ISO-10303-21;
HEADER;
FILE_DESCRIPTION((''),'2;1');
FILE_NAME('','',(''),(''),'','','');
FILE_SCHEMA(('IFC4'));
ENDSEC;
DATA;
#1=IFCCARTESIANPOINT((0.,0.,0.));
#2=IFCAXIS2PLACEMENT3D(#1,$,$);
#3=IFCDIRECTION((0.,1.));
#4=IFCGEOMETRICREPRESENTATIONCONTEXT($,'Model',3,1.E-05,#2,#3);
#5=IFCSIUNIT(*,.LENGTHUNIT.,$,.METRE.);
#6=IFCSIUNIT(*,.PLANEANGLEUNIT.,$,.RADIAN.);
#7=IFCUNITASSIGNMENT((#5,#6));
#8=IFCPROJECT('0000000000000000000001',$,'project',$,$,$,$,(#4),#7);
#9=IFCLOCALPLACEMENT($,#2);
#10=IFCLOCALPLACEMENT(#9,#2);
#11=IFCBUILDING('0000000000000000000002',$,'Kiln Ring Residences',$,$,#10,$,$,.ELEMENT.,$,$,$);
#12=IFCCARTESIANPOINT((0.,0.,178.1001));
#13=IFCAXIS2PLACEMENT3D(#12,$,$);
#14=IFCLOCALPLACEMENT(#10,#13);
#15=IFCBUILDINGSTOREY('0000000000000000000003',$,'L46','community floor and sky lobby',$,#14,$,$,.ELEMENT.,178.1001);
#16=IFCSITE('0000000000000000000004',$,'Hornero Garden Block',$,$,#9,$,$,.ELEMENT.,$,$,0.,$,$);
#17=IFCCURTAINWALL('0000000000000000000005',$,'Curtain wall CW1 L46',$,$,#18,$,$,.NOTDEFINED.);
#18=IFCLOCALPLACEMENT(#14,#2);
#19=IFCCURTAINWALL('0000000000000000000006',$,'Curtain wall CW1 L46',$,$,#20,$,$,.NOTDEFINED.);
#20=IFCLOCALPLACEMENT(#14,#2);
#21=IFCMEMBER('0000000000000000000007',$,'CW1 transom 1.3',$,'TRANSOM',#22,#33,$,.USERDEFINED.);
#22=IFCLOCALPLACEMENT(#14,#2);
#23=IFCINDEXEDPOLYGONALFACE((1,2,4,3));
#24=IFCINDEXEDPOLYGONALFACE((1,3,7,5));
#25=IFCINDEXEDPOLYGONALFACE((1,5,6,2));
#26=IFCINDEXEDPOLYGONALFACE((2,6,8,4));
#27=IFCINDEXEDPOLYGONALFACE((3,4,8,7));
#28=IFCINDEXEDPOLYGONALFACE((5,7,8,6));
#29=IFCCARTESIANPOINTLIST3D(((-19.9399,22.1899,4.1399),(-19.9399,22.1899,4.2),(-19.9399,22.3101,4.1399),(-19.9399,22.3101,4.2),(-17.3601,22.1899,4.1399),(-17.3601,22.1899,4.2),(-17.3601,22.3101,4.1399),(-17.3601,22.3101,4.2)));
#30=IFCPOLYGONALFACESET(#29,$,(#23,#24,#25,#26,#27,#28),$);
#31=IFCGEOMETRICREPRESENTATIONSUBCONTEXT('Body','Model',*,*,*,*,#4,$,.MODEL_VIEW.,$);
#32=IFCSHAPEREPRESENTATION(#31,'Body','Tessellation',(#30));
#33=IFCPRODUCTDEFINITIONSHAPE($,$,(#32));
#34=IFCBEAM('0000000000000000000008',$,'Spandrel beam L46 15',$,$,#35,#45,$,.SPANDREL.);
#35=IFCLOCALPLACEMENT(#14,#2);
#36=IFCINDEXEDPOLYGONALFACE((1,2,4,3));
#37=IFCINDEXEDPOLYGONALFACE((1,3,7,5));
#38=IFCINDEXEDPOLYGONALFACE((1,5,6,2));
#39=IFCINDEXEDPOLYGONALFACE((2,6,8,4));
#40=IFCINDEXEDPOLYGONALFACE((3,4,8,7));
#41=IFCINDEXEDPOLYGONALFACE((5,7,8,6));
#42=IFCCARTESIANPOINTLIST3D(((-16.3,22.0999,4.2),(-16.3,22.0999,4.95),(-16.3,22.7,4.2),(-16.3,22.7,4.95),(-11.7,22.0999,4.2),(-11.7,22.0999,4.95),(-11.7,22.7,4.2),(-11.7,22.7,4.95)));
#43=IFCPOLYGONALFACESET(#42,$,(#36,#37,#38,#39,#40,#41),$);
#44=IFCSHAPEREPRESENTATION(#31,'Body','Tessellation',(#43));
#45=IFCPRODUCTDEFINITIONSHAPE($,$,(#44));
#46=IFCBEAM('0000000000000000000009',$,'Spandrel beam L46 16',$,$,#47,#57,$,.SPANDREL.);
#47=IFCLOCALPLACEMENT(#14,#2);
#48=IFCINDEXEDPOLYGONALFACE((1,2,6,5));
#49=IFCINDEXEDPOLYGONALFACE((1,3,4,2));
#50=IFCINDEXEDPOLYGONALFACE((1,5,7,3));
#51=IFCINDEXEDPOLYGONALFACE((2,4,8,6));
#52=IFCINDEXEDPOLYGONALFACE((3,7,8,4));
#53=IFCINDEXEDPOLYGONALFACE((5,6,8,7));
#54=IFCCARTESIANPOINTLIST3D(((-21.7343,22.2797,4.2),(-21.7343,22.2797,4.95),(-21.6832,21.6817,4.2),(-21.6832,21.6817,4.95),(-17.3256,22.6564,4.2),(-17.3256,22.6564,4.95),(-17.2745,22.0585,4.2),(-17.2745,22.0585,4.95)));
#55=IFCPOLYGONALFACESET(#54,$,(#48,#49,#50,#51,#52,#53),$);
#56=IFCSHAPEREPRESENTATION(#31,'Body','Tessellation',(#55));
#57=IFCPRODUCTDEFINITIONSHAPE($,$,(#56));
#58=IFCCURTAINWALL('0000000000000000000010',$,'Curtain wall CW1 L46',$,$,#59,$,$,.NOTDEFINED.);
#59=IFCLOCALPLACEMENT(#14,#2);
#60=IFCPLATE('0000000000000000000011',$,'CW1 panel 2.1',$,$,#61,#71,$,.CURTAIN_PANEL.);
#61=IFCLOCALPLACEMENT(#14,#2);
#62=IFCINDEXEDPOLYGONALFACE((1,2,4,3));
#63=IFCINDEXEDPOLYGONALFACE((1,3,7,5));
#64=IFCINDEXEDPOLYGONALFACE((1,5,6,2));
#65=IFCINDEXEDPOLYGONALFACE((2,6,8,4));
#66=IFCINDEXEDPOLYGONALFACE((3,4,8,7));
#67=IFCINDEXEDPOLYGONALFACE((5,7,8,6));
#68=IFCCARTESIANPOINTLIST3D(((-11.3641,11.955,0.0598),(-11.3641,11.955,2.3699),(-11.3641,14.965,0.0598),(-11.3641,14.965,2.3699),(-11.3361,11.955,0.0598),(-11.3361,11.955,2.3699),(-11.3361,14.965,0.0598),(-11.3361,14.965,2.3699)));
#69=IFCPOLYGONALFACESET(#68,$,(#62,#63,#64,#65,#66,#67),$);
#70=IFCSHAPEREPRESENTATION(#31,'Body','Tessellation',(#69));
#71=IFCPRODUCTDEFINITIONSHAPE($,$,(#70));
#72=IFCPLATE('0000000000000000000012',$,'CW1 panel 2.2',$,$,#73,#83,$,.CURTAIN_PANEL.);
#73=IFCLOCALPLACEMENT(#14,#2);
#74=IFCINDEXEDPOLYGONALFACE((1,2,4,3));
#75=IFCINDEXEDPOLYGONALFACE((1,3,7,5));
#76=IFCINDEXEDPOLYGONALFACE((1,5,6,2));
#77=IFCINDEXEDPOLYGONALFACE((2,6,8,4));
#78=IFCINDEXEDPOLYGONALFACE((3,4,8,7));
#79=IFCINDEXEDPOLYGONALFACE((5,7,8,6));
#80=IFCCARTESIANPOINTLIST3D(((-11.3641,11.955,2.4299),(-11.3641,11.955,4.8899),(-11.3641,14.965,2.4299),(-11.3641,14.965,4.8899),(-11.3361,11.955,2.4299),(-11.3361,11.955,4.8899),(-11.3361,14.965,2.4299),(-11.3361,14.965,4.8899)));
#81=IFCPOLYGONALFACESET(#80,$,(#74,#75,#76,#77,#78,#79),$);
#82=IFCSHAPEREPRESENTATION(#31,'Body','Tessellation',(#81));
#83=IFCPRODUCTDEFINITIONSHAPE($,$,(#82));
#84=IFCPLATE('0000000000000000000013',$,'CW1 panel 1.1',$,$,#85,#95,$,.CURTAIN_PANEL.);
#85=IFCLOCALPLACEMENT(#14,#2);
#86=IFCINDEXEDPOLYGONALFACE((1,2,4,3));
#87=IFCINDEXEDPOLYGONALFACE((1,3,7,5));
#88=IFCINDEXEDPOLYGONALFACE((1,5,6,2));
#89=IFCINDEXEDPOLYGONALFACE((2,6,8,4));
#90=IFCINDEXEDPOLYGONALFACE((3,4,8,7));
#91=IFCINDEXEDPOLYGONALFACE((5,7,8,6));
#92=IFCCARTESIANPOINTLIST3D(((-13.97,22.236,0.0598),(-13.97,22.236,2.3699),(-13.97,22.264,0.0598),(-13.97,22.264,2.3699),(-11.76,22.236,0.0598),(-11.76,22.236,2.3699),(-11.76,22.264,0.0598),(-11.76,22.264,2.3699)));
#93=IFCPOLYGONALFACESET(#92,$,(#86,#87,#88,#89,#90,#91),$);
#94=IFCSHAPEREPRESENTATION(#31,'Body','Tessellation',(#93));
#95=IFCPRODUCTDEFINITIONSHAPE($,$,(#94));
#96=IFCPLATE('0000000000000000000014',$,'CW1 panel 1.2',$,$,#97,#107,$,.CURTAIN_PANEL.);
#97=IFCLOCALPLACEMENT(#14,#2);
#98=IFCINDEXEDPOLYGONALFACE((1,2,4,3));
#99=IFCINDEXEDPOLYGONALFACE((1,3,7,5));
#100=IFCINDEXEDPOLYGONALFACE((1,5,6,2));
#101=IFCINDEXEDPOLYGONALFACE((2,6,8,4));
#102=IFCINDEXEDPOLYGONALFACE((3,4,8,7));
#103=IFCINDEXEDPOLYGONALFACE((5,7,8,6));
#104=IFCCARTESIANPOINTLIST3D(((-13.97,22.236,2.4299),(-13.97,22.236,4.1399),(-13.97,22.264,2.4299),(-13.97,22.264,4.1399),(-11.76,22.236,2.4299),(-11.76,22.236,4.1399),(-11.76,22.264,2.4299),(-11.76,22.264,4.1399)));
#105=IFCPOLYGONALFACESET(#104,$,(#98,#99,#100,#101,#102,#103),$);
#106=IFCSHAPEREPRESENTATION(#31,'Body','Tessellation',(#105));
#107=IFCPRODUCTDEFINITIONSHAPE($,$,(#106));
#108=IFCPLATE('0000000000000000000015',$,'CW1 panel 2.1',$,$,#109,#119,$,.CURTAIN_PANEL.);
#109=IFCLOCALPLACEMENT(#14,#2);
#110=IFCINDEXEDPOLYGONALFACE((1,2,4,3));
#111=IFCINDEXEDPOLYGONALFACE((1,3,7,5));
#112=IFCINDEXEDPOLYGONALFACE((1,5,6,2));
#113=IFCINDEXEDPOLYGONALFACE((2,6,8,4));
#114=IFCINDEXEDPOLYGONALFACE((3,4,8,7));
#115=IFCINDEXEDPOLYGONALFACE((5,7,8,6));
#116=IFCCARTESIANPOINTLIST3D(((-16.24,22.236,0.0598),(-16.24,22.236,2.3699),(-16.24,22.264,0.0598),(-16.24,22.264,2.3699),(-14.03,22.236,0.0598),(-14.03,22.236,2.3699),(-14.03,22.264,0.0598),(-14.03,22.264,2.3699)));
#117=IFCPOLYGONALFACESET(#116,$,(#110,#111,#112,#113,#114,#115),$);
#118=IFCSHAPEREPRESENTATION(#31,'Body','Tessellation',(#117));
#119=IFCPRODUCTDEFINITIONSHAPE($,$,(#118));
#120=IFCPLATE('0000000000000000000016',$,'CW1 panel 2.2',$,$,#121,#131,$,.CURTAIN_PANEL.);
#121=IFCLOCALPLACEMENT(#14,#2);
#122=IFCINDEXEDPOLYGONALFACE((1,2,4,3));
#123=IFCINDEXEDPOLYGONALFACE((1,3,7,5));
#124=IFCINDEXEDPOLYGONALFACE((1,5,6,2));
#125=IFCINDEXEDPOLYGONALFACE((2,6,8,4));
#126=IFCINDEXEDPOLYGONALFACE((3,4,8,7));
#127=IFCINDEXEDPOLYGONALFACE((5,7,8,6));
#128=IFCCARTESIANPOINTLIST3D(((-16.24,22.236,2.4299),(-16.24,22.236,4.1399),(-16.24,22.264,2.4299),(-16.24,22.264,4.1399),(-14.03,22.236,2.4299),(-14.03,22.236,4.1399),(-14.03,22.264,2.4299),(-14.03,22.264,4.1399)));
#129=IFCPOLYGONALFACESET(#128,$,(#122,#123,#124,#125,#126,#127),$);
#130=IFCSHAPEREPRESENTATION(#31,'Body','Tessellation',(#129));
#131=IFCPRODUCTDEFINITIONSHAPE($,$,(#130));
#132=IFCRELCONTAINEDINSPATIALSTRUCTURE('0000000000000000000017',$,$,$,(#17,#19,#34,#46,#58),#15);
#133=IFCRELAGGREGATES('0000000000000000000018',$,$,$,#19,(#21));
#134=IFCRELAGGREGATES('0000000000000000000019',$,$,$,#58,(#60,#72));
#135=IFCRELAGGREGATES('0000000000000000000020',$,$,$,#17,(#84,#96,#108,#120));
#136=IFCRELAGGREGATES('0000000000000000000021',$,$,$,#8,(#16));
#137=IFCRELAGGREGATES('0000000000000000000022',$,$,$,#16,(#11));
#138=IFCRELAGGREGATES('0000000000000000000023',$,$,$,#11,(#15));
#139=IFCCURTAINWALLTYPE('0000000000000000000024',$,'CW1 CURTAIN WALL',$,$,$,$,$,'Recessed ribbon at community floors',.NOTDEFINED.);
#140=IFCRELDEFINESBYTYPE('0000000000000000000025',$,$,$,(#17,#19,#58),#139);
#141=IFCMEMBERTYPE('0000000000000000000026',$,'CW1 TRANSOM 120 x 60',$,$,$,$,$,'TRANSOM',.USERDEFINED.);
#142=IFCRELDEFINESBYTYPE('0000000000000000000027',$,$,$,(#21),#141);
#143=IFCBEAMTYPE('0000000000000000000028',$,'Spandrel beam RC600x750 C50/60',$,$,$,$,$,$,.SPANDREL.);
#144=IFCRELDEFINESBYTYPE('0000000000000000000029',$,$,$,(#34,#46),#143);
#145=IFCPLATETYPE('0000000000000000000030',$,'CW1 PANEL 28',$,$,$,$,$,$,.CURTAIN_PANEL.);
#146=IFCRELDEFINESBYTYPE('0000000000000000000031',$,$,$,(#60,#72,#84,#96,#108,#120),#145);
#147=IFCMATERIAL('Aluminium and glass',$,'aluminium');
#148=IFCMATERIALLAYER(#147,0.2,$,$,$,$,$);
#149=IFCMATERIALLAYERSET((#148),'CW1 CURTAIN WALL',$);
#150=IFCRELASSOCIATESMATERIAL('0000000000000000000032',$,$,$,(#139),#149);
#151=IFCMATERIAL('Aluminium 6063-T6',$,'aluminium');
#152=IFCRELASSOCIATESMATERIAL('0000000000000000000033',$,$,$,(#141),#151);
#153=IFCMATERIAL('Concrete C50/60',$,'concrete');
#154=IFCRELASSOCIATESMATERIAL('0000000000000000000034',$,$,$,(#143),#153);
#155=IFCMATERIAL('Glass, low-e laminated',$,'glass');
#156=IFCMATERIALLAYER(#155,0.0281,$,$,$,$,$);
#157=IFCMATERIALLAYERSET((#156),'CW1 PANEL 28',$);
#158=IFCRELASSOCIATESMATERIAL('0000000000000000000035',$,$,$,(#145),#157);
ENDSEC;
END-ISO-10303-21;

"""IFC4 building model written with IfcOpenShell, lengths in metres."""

from ifc_helpers import new_model, si_unit, direction, frame, origin, origin_2d, place, context, subcontext, project, spatial, rectangle, extrude, material, layer, layer_set, material_profile, profile_set, type_object, element, aggregate, save


model = new_model("IFC4")

# Units and contexts
model_context = context("Model", 3, precision=1e-05, world=origin(), true_north=direction((0.0, 1.0)))
body_context = subcontext(model_context, "Body", "Model", "MODEL_VIEW")
ifc_project = project(units=[si_unit("LENGTHUNIT", "METRE"), si_unit("PLANEANGLEUNIT", "RADIAN")], contexts=[model_context])

# Site, building, storey
site_placement = place(None, origin())
site = spatial("IfcSite", under=ifc_project, at=site_placement, Name="Hornero Garden Block", CompositionType="ELEMENT", RefElevation=0.0)
building_placement = place(site_placement, origin())
building = spatial("IfcBuilding", under=site, at=building_placement, Name="Kiln Ring Residences", CompositionType="ELEMENT")
storey_placement = place(building_placement, frame((0.0, 0.0, 178.1001)))
storey = spatial("IfcBuildingStorey", under=building, at=storey_placement, Name="L46", Description="community floor and sky lobby", CompositionType="ELEMENT", Elevation=178.1001)

# Curtain wall
ifc_material_1 = material(Name="Aluminium and glass", Category="aluminium")
ifc_layer_1 = layer(ifc_material_1, 0.2)
ifc_layer_set_1 = layer_set([ifc_layer_1], Name="CW1 CURTAIN WALL")
curtain_wall_type = type_object("IfcCurtainWallType", Name="CW1 CURTAIN WALL", ElementType="Recessed ribbon at community floors", PredefinedType="NOTDEFINED", material=ifc_layer_set_1)
placement = place(storey_placement, origin())
curtain_wall_1 = element("IfcCurtainWall", 1, at=placement, inside=storey, type_object=curtain_wall_type, Name="Curtain wall CW1 L46", PredefinedType="NOTDEFINED")

# Curtain wall
curtain_wall_2 = element("IfcCurtainWall", 2, at=placement, inside=storey, type_object=curtain_wall_type, Name="Curtain wall CW1 L46", PredefinedType="NOTDEFINED")

# Member
ifc_material_2 = material(Name="Aluminium 6063-T6", Category="aluminium")
ifc_material_profile_1 = material_profile(ifc_material_2, rectangle(XDim=0.1201, YDim=0.0601, at=origin_2d()), Name="AL 120x60")
ifc_profile_set_1 = profile_set([ifc_material_profile_1], Name="Aluminium 6063-T6")
member_type_1 = type_object("IfcMemberType", Name="CW1 TRANSOM 120 x 60", ElementType="TRANSOM", PredefinedType="USERDEFINED", material=ifc_profile_set_1)
member_1_placement = place(storey_placement, frame((-17.3601, 22.25, 4.1699), z_axis=(-1.0, 0.0, 0.0), x_axis=(0.0, -1.0, 0.0)))
member_1 = element("IfcMember", 3, at=member_1_placement, type_object=member_type_1, Name="CW1 transom 1.3", ObjectType="TRANSOM", PredefinedType="USERDEFINED", context=body_context, shape_type="SweptSolid", body=[
    extrude(rectangle(XDim=0.1201, YDim=0.0601, at=origin_2d()), origin(), (0.0, 0.0, 1.0), 2.5798),
])
aggregate(curtain_wall_2, [member_1])

# Beams
ifc_material_3 = material(Name="Concrete C50/60", Category="concrete")
ifc_material_profile_2 = material_profile(ifc_material_3, rectangle(XDim=0.6001, YDim=0.75, at=origin_2d()), Name="RC600x750")
ifc_profile_set_2 = profile_set([ifc_material_profile_2], Name="Concrete C50/60")
beam_type = type_object("IfcBeamType", Name="Spandrel beam RC600x750 C50/60", PredefinedType="SPANDREL", material=ifc_profile_set_2)
beam_1_placement = place(storey_placement, frame((-11.7, 22.3999, 4.575), z_axis=(-1.0, 0.0, 0.0), x_axis=(0.0, -1.0, 0.0)))
element("IfcBeam", 4, at=beam_1_placement, inside=storey, type_object=beam_type, Name="Spandrel beam L46 15", PredefinedType="SPANDREL", context=body_context, shape_type="SweptSolid", body=[
    extrude(rectangle(XDim=0.6001, YDim=0.75, at=origin_2d()), origin(), (0.0, 0.0, 1.0), 4.6001),
])
beam_2_placement = place(storey_placement, frame((-17.3, 22.3574, 4.575), z_axis=(-0.996369, -0.085137, 0.0), x_axis=(0.085137, -0.996369, 0.0)))
element("IfcBeam", 5, at=beam_2_placement, inside=storey, type_object=beam_type, Name="Spandrel beam L46 16", PredefinedType="SPANDREL", context=body_context, shape_type="SweptSolid", body=[
    extrude(rectangle(XDim=0.6001, YDim=0.75, at=origin_2d()), origin(), (0.0, 0.0, 1.0), 4.4248),
])

# Curtain wall, plates
curtain_wall_3 = element("IfcCurtainWall", 6, at=placement, inside=storey, type_object=curtain_wall_type, Name="Curtain wall CW1 L46", PredefinedType="NOTDEFINED")
ifc_material_4 = material(Name="Glass, low-e laminated", Category="glass")
ifc_layer_2 = layer(ifc_material_4, 0.0281)
ifc_layer_set_2 = layer_set([ifc_layer_2], Name="CW1 PANEL 28")
plate_type = type_object("IfcPlateType", Name="CW1 PANEL 28", PredefinedType="CURTAIN_PANEL", material=ifc_layer_set_2)
plate_1_placement = place(storey_placement, frame((-11.3501, 13.46, 0.0598), z_axis=(0.0, 0.0, 1.0), x_axis=(0.0, 1.0, 0.0)))
plate_1 = element("IfcPlate", 7, at=plate_1_placement, type_object=plate_type, Name="CW1 panel 2.1", PredefinedType="CURTAIN_PANEL", context=body_context, shape_type="SweptSolid", body=[
    extrude(rectangle(XDim=3.01, YDim=0.0281, at=origin_2d()), origin(), (0.0, 0.0, 1.0), 2.3101),
])
plate_2_placement = place(storey_placement, frame((-11.3501, 13.46, 2.4299), z_axis=(0.0, 0.0, 1.0), x_axis=(0.0, 1.0, 0.0)))
plate_2 = element("IfcPlate", 8, at=plate_2_placement, type_object=plate_type, Name="CW1 panel 2.2", PredefinedType="CURTAIN_PANEL", context=body_context, shape_type="SweptSolid", body=[
    extrude(rectangle(XDim=3.01, YDim=0.0281, at=origin_2d()), origin(), (0.0, 0.0, 1.0), 2.46),
])
aggregate(curtain_wall_3, [plate_1, plate_2])

# Plates
plate_3_placement = place(storey_placement, frame((-12.865, 22.25, 0.0598), z_axis=(0.0, 0.0, 1.0), x_axis=(-1.0, 0.0, 0.0)))
plate_3 = element("IfcPlate", 9, at=plate_3_placement, type_object=plate_type, Name="CW1 panel 1.1", PredefinedType="CURTAIN_PANEL", context=body_context, shape_type="SweptSolid", body=[
    extrude(rectangle(XDim=2.21, YDim=0.0281, at=origin_2d()), origin(), (0.0, 0.0, 1.0), 2.3101),
])
plate_4_placement = place(storey_placement, frame((-12.865, 22.25, 2.4299), z_axis=(0.0, 0.0, 1.0), x_axis=(-1.0, 0.0, 0.0)))
plate_4 = element("IfcPlate", 10, at=plate_4_placement, type_object=plate_type, Name="CW1 panel 1.2", PredefinedType="CURTAIN_PANEL", context=body_context, shape_type="SweptSolid", body=[
    extrude(rectangle(XDim=2.21, YDim=0.0281, at=origin_2d()), origin(), (0.0, 0.0, 1.0), 1.71),
])
plate_5_placement = place(storey_placement, frame((-15.135, 22.25, 0.0598), z_axis=(0.0, 0.0, 1.0), x_axis=(-1.0, 0.0, 0.0)))
plate_5 = element("IfcPlate", 11, at=plate_5_placement, type_object=plate_type, Name="CW1 panel 2.1", PredefinedType="CURTAIN_PANEL", context=body_context, shape_type="SweptSolid", body=[
    extrude(rectangle(XDim=2.21, YDim=0.0281, at=origin_2d()), origin(), (0.0, 0.0, 1.0), 2.3101),
])
plate_6_placement = place(storey_placement, frame((-15.135, 22.25, 2.4299), z_axis=(0.0, 0.0, 1.0), x_axis=(-1.0, 0.0, 0.0)))
plate_6 = element("IfcPlate", 12, at=plate_6_placement, type_object=plate_type, Name="CW1 panel 2.2", PredefinedType="CURTAIN_PANEL", context=body_context, shape_type="SweptSolid", body=[
    extrude(rectangle(XDim=2.21, YDim=0.0281, at=origin_2d()), origin(), (0.0, 0.0, 1.0), 1.71),
])
aggregate(curtain_wall_1, [plate_3, plate_4, plate_5, plate_6])

save(model, "model.ifc")
